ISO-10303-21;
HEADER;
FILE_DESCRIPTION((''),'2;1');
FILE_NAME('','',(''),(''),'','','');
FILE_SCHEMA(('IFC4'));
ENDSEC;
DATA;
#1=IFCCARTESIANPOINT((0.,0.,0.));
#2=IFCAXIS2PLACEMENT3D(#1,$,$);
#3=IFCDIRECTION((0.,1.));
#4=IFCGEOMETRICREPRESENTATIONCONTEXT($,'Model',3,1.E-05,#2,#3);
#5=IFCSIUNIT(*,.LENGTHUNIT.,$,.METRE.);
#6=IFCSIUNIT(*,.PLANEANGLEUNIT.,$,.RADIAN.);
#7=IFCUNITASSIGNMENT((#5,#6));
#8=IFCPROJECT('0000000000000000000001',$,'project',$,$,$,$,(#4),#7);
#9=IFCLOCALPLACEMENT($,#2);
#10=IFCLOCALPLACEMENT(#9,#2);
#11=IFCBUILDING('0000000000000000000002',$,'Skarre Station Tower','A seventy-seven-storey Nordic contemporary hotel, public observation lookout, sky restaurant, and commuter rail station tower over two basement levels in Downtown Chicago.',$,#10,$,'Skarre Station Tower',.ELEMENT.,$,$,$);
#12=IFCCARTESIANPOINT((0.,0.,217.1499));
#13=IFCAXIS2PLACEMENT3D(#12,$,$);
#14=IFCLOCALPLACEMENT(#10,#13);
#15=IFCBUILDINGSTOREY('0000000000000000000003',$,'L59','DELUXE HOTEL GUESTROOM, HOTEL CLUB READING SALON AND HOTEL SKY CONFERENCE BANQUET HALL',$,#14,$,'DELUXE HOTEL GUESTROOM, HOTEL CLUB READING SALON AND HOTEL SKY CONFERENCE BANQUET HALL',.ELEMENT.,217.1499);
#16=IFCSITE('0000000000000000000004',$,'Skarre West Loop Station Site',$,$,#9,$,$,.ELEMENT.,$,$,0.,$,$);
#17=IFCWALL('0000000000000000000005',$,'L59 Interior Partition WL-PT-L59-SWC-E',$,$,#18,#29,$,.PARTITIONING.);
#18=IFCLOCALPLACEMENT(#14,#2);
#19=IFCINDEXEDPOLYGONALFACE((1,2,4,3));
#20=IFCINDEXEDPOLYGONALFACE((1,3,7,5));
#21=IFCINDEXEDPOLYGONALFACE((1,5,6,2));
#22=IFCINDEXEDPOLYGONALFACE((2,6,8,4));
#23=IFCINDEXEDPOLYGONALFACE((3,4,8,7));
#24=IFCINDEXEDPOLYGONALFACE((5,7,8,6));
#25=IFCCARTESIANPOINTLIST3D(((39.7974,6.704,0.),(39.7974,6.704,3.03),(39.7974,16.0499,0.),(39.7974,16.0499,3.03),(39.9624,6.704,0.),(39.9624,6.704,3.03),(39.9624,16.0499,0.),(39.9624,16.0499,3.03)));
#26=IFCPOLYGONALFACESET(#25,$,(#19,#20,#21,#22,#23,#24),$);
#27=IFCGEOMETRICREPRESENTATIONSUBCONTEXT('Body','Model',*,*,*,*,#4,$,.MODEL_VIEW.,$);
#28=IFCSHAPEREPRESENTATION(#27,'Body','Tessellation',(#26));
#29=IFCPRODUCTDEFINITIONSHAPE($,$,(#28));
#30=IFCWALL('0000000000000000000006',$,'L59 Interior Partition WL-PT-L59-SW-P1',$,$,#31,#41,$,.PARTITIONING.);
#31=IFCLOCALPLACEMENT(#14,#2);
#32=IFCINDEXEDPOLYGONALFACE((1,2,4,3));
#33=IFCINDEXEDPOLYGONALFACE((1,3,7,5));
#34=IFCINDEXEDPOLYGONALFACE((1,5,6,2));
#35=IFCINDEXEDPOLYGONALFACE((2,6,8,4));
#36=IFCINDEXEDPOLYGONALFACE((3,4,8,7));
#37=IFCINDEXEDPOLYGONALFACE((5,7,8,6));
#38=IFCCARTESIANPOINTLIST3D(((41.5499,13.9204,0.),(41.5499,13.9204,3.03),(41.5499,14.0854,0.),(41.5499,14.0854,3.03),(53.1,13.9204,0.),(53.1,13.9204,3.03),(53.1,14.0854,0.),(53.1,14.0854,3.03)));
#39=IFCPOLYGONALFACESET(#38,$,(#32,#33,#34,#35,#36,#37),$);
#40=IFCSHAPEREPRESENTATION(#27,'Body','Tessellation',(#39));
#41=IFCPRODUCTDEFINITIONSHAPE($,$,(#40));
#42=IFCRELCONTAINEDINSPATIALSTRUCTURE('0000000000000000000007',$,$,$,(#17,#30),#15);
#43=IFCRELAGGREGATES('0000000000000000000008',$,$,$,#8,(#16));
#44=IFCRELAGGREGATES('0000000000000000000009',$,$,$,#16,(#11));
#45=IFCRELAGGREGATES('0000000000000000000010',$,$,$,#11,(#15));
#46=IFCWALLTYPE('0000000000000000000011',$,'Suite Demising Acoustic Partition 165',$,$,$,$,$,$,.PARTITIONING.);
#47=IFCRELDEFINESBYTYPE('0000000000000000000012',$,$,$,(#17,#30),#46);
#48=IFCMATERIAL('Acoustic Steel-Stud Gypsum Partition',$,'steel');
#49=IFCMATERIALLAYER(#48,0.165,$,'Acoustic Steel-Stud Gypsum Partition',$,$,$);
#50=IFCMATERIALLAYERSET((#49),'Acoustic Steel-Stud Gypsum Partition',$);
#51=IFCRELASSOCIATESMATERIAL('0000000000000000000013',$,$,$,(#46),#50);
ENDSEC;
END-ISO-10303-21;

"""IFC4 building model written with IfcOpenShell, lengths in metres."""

from ifc_helpers import new_model, si_unit, direction, frame, frame_2d, origin, place, context, subcontext, project, spatial, rectangle, extrude, material, layer, layer_set, type_object, element, save


model = new_model("IFC4")

# Units and contexts
model_context = context("Model", 3, precision=1e-05, world=origin(), true_north=direction((0.0, 1.0)))
body_context = subcontext(model_context, "Body", "Model", "MODEL_VIEW")
ifc_project = project(units=[si_unit("LENGTHUNIT", "METRE"), si_unit("PLANEANGLEUNIT", "RADIAN")], contexts=[model_context])

# Site, building, storey
site_placement = place(None, origin())
site = spatial("IfcSite", under=ifc_project, at=site_placement, Name="Skarre West Loop Station Site", CompositionType="ELEMENT", RefElevation=0.0)
building_placement = place(site_placement, origin())
building = spatial("IfcBuilding", under=site, at=building_placement, Name="Skarre Station Tower", Description="A seventy-seven-storey Nordic contemporary hotel, public observation lookout, sky restaurant, and commuter rail station tower over two basement levels in Downtown Chicago.", LongName="Skarre Station Tower", CompositionType="ELEMENT")
storey_placement = place(building_placement, frame((0.0, 0.0, 217.1499)))
storey = spatial("IfcBuildingStorey", under=building, at=storey_placement, Name="L59", Description="DELUXE HOTEL GUESTROOM, HOTEL CLUB READING SALON AND HOTEL SKY CONFERENCE BANQUET HALL", LongName="DELUXE HOTEL GUESTROOM, HOTEL CLUB READING SALON AND HOTEL SKY CONFERENCE BANQUET HALL", CompositionType="ELEMENT", Elevation=217.1499)

# Shared definitions
ifc_material_1 = material(Name="Acoustic Steel-Stud Gypsum Partition", Category="steel")

# Walls
ifc_layer_1 = layer(ifc_material_1, 0.165, Name="Acoustic Steel-Stud Gypsum Partition")
ifc_layer_set_1 = layer_set([ifc_layer_1], Name="Acoustic Steel-Stud Gypsum Partition")
wall_type_1 = type_object("IfcWallType", Name="Suite Demising Acoustic Partition 165", PredefinedType="PARTITIONING", material=ifc_layer_set_1)
wall_1_placement = place(storey_placement, frame((39.8799, 6.7041, 0.0), z_axis=(0.0, 0.0, 1.0), x_axis=(0.0, 1.0, 0.0)))
element("IfcWall", 1, at=wall_1_placement, inside=storey, type_object=wall_type_1, Name="L59 Interior Partition WL-PT-L59-SWC-E", PredefinedType="PARTITIONING", context=body_context, shape_type="SweptSolid", body=[
    extrude(rectangle(XDim=9.3459, YDim=0.165, at=frame_2d((4.6729, 0.0))), origin(), (0.0, 0.0, 1.0), 3.03),
])
wall_2_placement = place(storey_placement, frame((41.55, 14.0029, 0.0), z_axis=(0.0, 0.0, 1.0), x_axis=(1.0, 0.0, 0.0)))
element("IfcWall", 2, at=wall_2_placement, inside=storey, type_object=wall_type_1, Name="L59 Interior Partition WL-PT-L59-SW-P1", PredefinedType="PARTITIONING", context=body_context, shape_type="SweptSolid", body=[
    extrude(rectangle(XDim=11.55, YDim=0.165, at=frame_2d((5.7749, 0.0))), origin(), (0.0, 0.0, 1.0), 3.03),
])

save(model, "model.ifc")
